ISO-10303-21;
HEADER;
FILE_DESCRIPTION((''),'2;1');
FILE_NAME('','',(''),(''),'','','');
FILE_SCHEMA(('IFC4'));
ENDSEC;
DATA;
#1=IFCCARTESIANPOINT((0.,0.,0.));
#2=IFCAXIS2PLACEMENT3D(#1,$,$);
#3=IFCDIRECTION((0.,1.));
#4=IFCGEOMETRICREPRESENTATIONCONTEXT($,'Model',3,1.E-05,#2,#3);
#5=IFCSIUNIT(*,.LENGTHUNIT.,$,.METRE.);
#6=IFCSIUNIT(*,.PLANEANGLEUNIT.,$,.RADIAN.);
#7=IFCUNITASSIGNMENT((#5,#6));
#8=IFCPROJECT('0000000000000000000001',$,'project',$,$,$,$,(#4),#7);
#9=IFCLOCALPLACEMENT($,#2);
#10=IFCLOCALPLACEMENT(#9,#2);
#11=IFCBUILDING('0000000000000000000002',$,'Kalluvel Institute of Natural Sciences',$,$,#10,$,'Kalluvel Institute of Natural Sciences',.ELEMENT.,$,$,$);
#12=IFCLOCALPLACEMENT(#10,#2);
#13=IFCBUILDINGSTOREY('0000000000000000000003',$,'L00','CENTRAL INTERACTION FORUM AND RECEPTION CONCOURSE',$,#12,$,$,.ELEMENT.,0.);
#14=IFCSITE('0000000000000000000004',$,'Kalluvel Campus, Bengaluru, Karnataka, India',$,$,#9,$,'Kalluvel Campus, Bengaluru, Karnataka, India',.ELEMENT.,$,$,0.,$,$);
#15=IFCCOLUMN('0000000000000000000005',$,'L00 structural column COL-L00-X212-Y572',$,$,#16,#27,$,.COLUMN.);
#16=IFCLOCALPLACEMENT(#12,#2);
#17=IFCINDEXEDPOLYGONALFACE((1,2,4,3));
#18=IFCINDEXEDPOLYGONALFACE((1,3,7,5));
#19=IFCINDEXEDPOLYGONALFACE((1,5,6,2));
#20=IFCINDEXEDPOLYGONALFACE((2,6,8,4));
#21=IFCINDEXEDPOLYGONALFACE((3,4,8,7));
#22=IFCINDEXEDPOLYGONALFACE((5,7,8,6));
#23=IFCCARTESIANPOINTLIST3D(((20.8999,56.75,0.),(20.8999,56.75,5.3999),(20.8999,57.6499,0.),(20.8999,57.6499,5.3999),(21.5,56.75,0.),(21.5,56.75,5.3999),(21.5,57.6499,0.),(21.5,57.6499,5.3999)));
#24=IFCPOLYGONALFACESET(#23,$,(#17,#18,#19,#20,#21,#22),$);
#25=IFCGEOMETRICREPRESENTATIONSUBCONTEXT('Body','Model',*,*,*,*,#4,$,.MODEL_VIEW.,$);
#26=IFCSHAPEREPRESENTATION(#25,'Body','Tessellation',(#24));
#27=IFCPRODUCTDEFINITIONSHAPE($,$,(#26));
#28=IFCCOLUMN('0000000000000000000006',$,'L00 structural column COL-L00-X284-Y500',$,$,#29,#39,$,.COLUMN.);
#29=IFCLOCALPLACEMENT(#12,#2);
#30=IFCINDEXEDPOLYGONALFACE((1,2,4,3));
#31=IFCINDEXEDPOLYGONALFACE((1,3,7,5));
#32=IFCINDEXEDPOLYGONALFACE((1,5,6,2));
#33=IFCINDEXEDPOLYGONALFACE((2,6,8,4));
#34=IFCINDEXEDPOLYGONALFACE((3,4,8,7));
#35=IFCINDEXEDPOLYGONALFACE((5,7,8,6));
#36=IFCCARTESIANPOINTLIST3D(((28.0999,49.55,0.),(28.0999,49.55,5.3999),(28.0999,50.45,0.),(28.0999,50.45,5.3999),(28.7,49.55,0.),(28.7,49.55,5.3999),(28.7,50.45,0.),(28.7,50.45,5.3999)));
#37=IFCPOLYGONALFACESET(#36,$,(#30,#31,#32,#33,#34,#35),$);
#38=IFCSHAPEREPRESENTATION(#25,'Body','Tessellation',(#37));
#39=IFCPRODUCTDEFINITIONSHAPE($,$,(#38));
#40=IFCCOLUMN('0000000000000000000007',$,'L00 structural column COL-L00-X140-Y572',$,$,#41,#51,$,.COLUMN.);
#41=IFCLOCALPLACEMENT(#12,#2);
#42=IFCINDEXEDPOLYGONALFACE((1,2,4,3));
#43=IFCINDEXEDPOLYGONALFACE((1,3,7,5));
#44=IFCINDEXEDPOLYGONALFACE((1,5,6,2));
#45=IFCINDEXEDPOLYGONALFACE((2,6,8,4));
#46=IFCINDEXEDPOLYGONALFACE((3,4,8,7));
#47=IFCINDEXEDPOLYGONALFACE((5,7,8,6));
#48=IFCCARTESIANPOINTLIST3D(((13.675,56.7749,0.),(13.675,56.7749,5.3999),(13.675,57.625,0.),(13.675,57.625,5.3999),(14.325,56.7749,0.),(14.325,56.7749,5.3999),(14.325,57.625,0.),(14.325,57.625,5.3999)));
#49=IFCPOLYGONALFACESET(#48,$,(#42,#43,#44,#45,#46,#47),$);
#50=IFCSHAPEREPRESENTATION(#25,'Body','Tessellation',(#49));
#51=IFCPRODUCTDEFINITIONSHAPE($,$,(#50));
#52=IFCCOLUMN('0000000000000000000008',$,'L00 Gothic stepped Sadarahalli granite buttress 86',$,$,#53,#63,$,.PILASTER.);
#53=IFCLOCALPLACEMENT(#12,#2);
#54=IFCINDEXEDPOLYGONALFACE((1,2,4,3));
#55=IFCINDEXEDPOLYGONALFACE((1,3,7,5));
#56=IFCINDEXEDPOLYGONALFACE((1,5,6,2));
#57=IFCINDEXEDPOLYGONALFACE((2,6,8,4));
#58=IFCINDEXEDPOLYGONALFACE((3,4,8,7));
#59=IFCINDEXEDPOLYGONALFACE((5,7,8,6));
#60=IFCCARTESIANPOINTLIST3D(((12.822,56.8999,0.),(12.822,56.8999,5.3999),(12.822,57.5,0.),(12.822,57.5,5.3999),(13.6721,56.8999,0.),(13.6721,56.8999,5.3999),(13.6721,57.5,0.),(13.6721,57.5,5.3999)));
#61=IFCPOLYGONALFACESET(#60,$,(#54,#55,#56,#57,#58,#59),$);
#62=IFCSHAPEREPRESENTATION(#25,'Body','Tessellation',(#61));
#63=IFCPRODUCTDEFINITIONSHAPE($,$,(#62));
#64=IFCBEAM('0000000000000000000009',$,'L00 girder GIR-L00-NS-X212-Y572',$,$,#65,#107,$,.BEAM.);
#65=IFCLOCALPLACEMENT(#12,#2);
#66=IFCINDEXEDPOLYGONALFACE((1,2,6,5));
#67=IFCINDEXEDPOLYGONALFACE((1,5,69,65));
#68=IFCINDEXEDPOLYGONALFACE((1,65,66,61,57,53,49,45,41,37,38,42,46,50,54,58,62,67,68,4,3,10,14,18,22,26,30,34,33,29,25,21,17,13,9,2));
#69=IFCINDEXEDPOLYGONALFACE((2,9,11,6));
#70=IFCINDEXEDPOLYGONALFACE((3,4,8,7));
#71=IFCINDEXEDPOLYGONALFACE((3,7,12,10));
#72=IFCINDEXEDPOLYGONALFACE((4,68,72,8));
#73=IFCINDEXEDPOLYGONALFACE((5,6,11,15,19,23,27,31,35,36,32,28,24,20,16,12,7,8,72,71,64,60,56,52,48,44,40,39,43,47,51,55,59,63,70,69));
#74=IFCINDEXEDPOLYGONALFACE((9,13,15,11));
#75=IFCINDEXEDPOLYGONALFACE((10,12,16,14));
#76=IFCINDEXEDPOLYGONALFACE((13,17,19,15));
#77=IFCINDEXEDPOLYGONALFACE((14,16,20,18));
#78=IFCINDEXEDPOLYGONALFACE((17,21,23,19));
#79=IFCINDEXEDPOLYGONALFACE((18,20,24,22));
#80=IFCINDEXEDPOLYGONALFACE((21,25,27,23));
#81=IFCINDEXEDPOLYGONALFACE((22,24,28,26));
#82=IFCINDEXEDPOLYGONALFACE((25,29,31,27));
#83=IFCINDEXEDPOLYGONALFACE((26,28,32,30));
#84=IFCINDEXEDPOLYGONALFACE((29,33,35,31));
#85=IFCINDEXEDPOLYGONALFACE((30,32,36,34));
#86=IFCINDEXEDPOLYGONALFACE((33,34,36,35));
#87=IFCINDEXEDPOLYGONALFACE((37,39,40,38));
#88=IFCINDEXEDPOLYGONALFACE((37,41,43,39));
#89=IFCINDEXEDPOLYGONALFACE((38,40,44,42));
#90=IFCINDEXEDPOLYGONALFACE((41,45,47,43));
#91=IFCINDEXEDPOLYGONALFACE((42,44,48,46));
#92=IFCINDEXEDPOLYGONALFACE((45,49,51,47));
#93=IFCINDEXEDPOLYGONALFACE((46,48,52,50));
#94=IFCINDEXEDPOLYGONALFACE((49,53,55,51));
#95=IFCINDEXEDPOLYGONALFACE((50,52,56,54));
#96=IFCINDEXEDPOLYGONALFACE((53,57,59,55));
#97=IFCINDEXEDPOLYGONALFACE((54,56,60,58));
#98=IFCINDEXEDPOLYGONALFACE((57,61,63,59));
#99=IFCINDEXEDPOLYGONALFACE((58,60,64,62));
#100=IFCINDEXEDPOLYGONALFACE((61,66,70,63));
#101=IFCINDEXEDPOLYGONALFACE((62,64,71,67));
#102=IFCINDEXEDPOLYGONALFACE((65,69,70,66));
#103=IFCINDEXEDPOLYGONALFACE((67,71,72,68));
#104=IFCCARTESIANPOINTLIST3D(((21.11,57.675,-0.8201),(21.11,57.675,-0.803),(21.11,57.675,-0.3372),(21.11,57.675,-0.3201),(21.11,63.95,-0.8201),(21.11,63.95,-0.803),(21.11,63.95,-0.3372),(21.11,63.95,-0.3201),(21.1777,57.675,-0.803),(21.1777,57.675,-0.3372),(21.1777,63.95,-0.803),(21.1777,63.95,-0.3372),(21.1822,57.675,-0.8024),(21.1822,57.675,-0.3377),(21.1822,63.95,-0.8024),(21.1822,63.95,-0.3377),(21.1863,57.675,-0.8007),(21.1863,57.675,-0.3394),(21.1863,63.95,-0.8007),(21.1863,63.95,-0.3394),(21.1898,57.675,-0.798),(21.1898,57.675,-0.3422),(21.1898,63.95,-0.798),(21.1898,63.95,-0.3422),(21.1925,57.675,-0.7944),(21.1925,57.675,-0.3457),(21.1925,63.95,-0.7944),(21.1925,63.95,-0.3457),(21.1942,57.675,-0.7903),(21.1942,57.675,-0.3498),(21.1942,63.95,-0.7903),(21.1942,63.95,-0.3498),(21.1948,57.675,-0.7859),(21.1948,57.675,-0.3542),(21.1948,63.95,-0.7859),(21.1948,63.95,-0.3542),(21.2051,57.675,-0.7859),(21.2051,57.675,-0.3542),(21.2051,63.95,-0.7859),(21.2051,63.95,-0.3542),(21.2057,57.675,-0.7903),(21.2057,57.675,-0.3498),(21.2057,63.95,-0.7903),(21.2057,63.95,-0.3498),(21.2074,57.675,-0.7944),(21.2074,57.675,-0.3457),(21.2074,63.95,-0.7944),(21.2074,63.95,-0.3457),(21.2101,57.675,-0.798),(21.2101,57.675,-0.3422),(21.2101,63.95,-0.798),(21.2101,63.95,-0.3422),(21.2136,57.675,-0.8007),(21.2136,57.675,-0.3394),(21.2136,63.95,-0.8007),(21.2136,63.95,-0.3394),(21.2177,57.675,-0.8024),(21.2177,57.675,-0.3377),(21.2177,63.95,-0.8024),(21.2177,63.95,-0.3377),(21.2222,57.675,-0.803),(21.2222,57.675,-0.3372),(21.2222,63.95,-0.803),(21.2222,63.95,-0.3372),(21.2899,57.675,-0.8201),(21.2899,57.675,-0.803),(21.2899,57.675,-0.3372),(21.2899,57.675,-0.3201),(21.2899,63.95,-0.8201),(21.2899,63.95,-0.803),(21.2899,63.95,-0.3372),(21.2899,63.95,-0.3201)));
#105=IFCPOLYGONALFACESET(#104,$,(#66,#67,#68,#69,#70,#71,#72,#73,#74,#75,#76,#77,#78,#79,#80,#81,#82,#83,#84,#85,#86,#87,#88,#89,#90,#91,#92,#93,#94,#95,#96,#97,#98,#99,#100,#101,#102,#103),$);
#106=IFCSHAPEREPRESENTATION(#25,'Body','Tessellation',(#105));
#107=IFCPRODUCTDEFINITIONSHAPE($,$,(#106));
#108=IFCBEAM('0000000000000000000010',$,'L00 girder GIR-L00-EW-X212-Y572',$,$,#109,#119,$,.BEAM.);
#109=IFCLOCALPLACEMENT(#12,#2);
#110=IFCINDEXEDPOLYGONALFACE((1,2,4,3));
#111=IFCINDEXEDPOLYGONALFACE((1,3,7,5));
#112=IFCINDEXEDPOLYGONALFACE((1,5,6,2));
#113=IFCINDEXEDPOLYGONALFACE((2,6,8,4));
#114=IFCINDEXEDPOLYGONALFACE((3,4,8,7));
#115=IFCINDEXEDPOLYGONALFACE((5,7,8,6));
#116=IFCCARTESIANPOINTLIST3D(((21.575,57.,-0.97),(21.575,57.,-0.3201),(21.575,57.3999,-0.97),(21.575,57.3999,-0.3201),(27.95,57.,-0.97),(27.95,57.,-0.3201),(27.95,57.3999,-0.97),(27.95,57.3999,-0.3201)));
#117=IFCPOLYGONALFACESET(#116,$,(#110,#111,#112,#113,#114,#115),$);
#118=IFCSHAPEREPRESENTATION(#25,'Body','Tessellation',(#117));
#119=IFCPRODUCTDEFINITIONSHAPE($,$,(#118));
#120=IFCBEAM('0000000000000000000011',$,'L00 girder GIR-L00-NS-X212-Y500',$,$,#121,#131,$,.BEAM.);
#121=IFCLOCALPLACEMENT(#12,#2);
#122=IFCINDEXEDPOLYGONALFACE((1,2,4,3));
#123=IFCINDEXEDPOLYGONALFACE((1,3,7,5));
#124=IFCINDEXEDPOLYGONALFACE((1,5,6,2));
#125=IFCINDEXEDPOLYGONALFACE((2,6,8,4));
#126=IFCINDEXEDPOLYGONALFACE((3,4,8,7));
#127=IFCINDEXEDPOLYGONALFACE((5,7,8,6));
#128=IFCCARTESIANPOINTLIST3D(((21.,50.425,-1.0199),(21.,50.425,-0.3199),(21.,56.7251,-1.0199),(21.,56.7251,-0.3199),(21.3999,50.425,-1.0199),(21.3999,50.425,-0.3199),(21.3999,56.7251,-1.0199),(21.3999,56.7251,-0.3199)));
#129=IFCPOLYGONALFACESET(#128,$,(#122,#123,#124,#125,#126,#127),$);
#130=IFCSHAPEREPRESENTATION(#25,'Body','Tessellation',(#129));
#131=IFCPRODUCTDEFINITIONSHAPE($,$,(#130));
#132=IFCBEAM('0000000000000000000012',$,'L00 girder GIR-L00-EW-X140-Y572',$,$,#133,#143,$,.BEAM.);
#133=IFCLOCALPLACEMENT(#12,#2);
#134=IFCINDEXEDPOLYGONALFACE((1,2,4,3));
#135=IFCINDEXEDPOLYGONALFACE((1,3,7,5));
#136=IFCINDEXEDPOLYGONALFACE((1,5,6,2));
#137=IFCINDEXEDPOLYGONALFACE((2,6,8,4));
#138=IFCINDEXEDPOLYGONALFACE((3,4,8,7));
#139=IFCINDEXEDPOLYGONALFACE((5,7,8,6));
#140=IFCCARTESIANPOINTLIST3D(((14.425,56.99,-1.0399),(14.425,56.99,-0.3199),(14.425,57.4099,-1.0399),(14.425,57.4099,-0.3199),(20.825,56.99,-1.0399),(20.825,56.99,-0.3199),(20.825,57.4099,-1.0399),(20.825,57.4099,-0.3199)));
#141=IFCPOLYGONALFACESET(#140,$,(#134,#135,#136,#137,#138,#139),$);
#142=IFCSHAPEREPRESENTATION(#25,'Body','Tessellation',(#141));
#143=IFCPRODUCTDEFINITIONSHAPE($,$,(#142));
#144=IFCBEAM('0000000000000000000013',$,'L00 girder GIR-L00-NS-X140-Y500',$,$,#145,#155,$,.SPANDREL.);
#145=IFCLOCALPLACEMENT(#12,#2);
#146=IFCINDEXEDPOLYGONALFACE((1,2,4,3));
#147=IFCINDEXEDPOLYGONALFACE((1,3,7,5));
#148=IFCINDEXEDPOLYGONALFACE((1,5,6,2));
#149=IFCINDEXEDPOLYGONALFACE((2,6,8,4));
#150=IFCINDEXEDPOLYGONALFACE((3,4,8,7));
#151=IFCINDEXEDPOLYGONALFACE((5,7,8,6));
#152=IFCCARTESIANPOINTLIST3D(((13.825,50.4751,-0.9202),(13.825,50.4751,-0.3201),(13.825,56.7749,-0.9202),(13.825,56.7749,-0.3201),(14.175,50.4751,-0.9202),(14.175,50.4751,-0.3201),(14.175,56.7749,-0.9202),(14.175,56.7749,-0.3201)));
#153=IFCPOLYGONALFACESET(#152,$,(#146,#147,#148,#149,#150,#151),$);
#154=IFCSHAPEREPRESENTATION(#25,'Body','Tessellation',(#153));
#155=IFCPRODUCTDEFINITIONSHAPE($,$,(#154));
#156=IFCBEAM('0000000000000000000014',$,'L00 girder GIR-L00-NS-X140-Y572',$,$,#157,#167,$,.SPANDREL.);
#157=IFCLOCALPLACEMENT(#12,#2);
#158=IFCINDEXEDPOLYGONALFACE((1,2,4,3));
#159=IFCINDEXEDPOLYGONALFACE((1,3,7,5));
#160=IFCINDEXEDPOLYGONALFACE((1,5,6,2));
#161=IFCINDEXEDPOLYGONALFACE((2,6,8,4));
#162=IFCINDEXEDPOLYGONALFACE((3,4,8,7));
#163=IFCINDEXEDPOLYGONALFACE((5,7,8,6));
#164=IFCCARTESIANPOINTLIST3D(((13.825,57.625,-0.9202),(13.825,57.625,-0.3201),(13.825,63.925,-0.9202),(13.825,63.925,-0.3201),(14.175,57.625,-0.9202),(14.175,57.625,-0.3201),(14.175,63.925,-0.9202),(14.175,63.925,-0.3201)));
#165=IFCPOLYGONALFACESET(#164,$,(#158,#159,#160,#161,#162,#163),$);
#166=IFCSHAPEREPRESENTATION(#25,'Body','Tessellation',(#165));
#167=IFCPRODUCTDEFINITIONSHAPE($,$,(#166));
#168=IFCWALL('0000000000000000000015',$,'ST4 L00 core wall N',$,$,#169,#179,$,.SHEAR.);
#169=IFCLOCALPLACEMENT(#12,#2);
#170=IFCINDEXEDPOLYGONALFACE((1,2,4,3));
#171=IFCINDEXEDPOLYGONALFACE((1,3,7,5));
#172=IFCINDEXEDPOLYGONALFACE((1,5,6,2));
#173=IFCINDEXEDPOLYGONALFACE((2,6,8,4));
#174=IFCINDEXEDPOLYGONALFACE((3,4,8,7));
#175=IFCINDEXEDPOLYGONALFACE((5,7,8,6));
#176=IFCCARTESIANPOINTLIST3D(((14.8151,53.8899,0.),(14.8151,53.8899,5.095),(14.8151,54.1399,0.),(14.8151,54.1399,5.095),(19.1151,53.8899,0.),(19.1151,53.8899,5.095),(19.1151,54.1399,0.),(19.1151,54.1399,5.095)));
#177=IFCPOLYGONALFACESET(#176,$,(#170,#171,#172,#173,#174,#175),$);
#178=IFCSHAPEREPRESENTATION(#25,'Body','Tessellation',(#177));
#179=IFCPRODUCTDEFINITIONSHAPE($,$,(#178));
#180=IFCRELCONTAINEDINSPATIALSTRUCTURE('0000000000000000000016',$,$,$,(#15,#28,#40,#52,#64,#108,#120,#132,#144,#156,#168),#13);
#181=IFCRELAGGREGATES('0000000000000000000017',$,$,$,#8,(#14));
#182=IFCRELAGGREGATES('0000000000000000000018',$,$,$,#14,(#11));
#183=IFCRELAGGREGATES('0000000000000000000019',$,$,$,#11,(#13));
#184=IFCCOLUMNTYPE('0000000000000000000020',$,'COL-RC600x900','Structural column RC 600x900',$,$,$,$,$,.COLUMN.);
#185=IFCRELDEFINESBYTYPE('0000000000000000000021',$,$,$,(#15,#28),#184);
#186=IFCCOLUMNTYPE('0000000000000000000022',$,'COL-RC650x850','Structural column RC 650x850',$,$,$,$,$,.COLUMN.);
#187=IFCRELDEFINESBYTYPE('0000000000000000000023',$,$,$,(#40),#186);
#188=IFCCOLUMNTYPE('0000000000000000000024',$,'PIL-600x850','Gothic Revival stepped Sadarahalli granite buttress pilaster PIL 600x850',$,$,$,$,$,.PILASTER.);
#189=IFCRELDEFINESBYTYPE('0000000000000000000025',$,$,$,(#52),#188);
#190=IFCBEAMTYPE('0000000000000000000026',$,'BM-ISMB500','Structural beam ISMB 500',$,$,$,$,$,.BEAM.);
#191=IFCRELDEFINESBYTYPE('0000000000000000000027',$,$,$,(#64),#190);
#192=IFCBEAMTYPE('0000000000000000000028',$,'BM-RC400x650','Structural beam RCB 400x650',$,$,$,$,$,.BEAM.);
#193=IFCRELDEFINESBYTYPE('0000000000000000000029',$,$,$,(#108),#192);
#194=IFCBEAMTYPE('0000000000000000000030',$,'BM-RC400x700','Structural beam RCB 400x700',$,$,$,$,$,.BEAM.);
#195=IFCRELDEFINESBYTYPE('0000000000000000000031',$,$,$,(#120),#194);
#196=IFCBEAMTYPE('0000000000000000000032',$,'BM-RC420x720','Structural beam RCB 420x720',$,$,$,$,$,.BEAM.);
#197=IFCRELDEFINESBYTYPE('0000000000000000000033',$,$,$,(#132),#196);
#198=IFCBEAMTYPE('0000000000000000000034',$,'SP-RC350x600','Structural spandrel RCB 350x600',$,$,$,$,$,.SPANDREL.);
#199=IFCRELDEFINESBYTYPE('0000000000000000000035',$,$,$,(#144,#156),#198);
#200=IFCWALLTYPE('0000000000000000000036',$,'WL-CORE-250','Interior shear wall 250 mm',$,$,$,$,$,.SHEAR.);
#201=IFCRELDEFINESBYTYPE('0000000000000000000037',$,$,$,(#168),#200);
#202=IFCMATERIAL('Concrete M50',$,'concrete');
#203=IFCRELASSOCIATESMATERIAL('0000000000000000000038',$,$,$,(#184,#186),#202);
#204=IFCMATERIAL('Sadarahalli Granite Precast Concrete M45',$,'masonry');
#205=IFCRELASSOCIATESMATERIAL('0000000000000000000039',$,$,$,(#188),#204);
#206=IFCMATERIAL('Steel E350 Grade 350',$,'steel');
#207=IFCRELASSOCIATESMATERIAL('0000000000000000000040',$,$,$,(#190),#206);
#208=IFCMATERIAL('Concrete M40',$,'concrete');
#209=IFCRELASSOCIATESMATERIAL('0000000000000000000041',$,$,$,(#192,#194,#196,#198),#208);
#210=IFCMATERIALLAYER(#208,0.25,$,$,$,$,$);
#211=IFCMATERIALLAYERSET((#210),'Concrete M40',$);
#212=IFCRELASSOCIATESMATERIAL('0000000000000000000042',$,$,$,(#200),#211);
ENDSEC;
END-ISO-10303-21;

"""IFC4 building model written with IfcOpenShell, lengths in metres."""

from ifc_helpers import new_model, si_unit, direction, frame, frame_2d, origin, origin_2d, place, context, subcontext, project, spatial, rectangle, i_section, extrude, material, layer, layer_set, material_profile, profile_set, type_object, element, save


model = new_model("IFC4")

# Units and contexts
model_context = context("Model", 3, precision=1e-05, world=origin(), true_north=direction((0.0, 1.0)))
body_context = subcontext(model_context, "Body", "Model", "MODEL_VIEW")
ifc_project = project(units=[si_unit("LENGTHUNIT", "METRE"), si_unit("PLANEANGLEUNIT", "RADIAN")], contexts=[model_context])

# Site, building, storey
site_placement = place(None, origin())
site = spatial("IfcSite", under=ifc_project, at=site_placement, Name="Kalluvel Campus, Bengaluru, Karnataka, India", LongName="Kalluvel Campus, Bengaluru, Karnataka, India", CompositionType="ELEMENT", RefElevation=0.0)
building_placement = place(site_placement, origin())
building = spatial("IfcBuilding", under=site, at=building_placement, Name="Kalluvel Institute of Natural Sciences", LongName="Kalluvel Institute of Natural Sciences", CompositionType="ELEMENT")
storey_placement = place(building_placement, origin())
storey = spatial("IfcBuildingStorey", under=building, at=storey_placement, Name="L00", Description="CENTRAL INTERACTION FORUM AND RECEPTION CONCOURSE", CompositionType="ELEMENT", Elevation=0.0)

# Columns
ifc_material_1 = material(Name="Concrete M50", Category="concrete")
ifc_material_profile_1 = material_profile(ifc_material_1, rectangle(XDim=0.6001, YDim=0.8999, at=origin_2d()), Name="RC 600x900")
ifc_profile_set_1 = profile_set([ifc_material_profile_1], Name="Concrete M50")
column_type_1 = type_object("IfcColumnType", Name="COL-RC600x900", Description="Structural column RC 600x900", PredefinedType="COLUMN", material=ifc_profile_set_1)
for number, where, z_axis, x_axis, name in (
    (1, (21.2, 57.2, 0.0), (0.0, 0.0, 1.0), (1.0, 0.0, 0.0), "L00 structural column COL-L00-X212-Y572"),
    (2, (28.3999, 50.0, 0.0), (0.0, 0.0, 1.0), (1.0, 0.0, 0.0), "L00 structural column COL-L00-X284-Y500"),
):
    element("IfcColumn", number, at=place(storey_placement, frame(where, z_axis=z_axis, x_axis=x_axis)), inside=storey, type_object=column_type_1, Name=name, PredefinedType="COLUMN", context=body_context, shape_type="SweptSolid", body=[
        extrude(rectangle(XDim=0.6001, YDim=0.8999, at=origin_2d()), origin(), (0.0, 0.0, 1.0), 5.3999),
    ])
ifc_material_profile_2 = material_profile(ifc_material_1, rectangle(XDim=0.6499, YDim=0.8501, at=origin_2d()), Name="RC 650x850")
ifc_profile_set_2 = profile_set([ifc_material_profile_2], Name="Concrete M50")
column_type_2 = type_object("IfcColumnType", Name="COL-RC650x850", Description="Structural column RC 650x850", PredefinedType="COLUMN", material=ifc_profile_set_2)
column_1_placement = place(storey_placement, frame((14.0, 57.2, 0.0), z_axis=(0.0, 0.0, 1.0), x_axis=(1.0, 0.0, 0.0)))
element("IfcColumn", 3, at=column_1_placement, inside=storey, type_object=column_type_2, Name="L00 structural column COL-L00-X140-Y572", PredefinedType="COLUMN", context=body_context, shape_type="SweptSolid", body=[
    extrude(rectangle(XDim=0.6499, YDim=0.8501, at=origin_2d()), origin(), (0.0, 0.0, 1.0), 5.3999),
])
ifc_material_2 = material(Name="Sadarahalli Granite Precast Concrete M45", Category="masonry")
ifc_material_profile_3 = material_profile(ifc_material_2, rectangle(XDim=0.6001, YDim=0.8501, at=origin_2d()), Name="PIL 600x850")
ifc_profile_set_3 = profile_set([ifc_material_profile_3], Name="Sadarahalli Granite Precast Concrete M45")
column_type_3 = type_object("IfcColumnType", Name="PIL-600x850", Description="Gothic Revival stepped Sadarahalli granite buttress pilaster PIL 600x850", PredefinedType="PILASTER", material=ifc_profile_set_3)
column_2_placement = place(storey_placement, frame((13.2471, 57.2, 0.0), z_axis=(0.0, 0.0, 1.0), x_axis=(0.0, 1.0, 0.0)))
element("IfcColumn", 4, at=column_2_placement, inside=storey, type_object=column_type_3, Name="L00 Gothic stepped Sadarahalli granite buttress 86", PredefinedType="PILASTER", context=body_context, shape_type="SweptSolid", body=[
    extrude(rectangle(XDim=0.6001, YDim=0.8501, at=origin_2d()), origin(), (0.0, 0.0, 1.0), 5.3999),
])

# Beams
ifc_material_3 = material(Name="Steel E350 Grade 350", Category="steel")
ifc_material_profile_4 = material_profile(ifc_material_3, i_section(OverallWidth=0.1799, OverallDepth=0.5, WebThickness=0.0103, FlangeThickness=0.0171, FilletRadius=0.0171, at=origin_2d()), Name="ISMB 500")
ifc_profile_set_4 = profile_set([ifc_material_profile_4], Name="Steel E350 Grade 350")
beam_type_1 = type_object("IfcBeamType", Name="BM-ISMB500", Description="Structural beam ISMB 500", PredefinedType="BEAM", material=ifc_profile_set_4)
beam_1_placement = place(storey_placement, frame((21.2, 57.675, -0.5701), z_axis=(0.0, 1.0, 0.0), x_axis=(-1.0, 0.0, 0.0)))
element("IfcBeam", 5, at=beam_1_placement, inside=storey, type_object=beam_type_1, Name="L00 girder GIR-L00-NS-X212-Y572", PredefinedType="BEAM", context=body_context, shape_type="SweptSolid", body=[
    extrude(i_section(OverallWidth=0.1799, OverallDepth=0.5, WebThickness=0.0103, FlangeThickness=0.0171, FilletRadius=0.0171, at=origin_2d()), origin(), (0.0, 0.0, 1.0), 6.2749),
])
ifc_material_4 = material(Name="Concrete M40", Category="concrete")
ifc_material_profile_5 = material_profile(ifc_material_4, rectangle(XDim=0.3999, YDim=0.6499, at=origin_2d()), Name="RCB 400x650")
ifc_profile_set_5 = profile_set([ifc_material_profile_5], Name="Concrete M40")
beam_type_2 = type_object("IfcBeamType", Name="BM-RC400x650", Description="Structural beam RCB 400x650", PredefinedType="BEAM", material=ifc_profile_set_5)
beam_2_placement = place(storey_placement, frame((21.575, 57.2, -0.645), z_axis=(1.0, 0.0, 0.0), x_axis=(0.0, 1.0, 0.0)))
element("IfcBeam", 6, at=beam_2_placement, inside=storey, type_object=beam_type_2, Name="L00 girder GIR-L00-EW-X212-Y572", PredefinedType="BEAM", context=body_context, shape_type="SweptSolid", body=[
    extrude(rectangle(XDim=0.3999, YDim=0.6499, at=origin_2d()), origin(), (0.0, 0.0, 1.0), 6.375),
])
ifc_material_profile_6 = material_profile(ifc_material_4, rectangle(XDim=0.3999, YDim=0.7, at=origin_2d()), Name="RCB 400x700")
ifc_profile_set_6 = profile_set([ifc_material_profile_6], Name="Concrete M40")
beam_type_3 = type_object("IfcBeamType", Name="BM-RC400x700", Description="Structural beam RCB 400x700", PredefinedType="BEAM", material=ifc_profile_set_6)
beam_3_placement = place(storey_placement, frame((21.2, 50.425, -0.6699), z_axis=(0.0, 1.0, 0.0), x_axis=(-1.0, 0.0, 0.0)))
element("IfcBeam", 7, at=beam_3_placement, inside=storey, type_object=beam_type_3, Name="L00 girder GIR-L00-NS-X212-Y500", PredefinedType="BEAM", context=body_context, shape_type="SweptSolid", body=[
    extrude(rectangle(XDim=0.3999, YDim=0.7, at=origin_2d()), origin(), (0.0, 0.0, 1.0), 6.3),
])
ifc_material_profile_7 = material_profile(ifc_material_4, rectangle(XDim=0.4199, YDim=0.72, at=origin_2d()), Name="RCB 420x720")
ifc_profile_set_7 = profile_set([ifc_material_profile_7], Name="Concrete M40")
beam_type_4 = type_object("IfcBeamType", Name="BM-RC420x720", Description="Structural beam RCB 420x720", PredefinedType="BEAM", material=ifc_profile_set_7)
beam_4_placement = place(storey_placement, frame((14.425, 57.2, -0.6799), z_axis=(1.0, 0.0, 0.0), x_axis=(0.0, 1.0, 0.0)))
element("IfcBeam", 8, at=beam_4_placement, inside=storey, type_object=beam_type_4, Name="L00 girder GIR-L00-EW-X140-Y572", PredefinedType="BEAM", context=body_context, shape_type="SweptSolid", body=[
    extrude(rectangle(XDim=0.4199, YDim=0.72, at=origin_2d()), origin(), (0.0, 0.0, 1.0), 6.3999),
])
ifc_material_profile_8 = material_profile(ifc_material_4, rectangle(XDim=0.3501, YDim=0.6001, at=origin_2d()), Name="RCB 350x600")
ifc_profile_set_8 = profile_set([ifc_material_profile_8], Name="Concrete M40")
beam_type_5 = type_object("IfcBeamType", Name="SP-RC350x600", Description="Structural spandrel RCB 350x600", PredefinedType="SPANDREL", material=ifc_profile_set_8)
beam_5_placement = place(storey_placement, frame((14.0, 50.4751, -0.6201), z_axis=(0.0, 1.0, 0.0), x_axis=(-1.0, 0.0, 0.0)))
element("IfcBeam", 9, at=beam_5_placement, inside=storey, type_object=beam_type_5, Name="L00 girder GIR-L00-NS-X140-Y500", PredefinedType="SPANDREL", context=body_context, shape_type="SweptSolid", body=[
    extrude(rectangle(XDim=0.3501, YDim=0.6001, at=origin_2d()), origin(), (0.0, 0.0, 1.0), 6.2998),
])
beam_6_placement = place(storey_placement, frame((14.0, 57.625, -0.6201), z_axis=(0.0, 1.0, 0.0), x_axis=(-1.0, 0.0, 0.0)))
element("IfcBeam", 10, at=beam_6_placement, inside=storey, type_object=beam_type_5, Name="L00 girder GIR-L00-NS-X140-Y572", PredefinedType="SPANDREL", context=body_context, shape_type="SweptSolid", body=[
    extrude(rectangle(XDim=0.3501, YDim=0.6001, at=origin_2d()), origin(), (0.0, 0.0, 1.0), 6.3),
])

# Wall
ifc_layer_1 = layer(ifc_material_4, 0.25)
ifc_layer_set_1 = layer_set([ifc_layer_1], Name="Concrete M40")
wall_type_1 = type_object("IfcWallType", Name="WL-CORE-250", Description="Interior shear wall 250 mm", PredefinedType="SHEAR", material=ifc_layer_set_1)
wall_1_placement = place(storey_placement, frame((19.115, 54.0149, 0.0), z_axis=(0.0, 0.0, 1.0), x_axis=(-1.0, 0.0, 0.0)))
element("IfcWall", 11, at=wall_1_placement, inside=storey, type_object=wall_type_1, Name="ST4 L00 core wall N", PredefinedType="SHEAR", context=body_context, shape_type="SweptSolid", body=[
    extrude(rectangle(XDim=4.3, YDim=0.25, at=frame_2d((2.1499, 0.0))), origin(), (0.0, 0.0, 1.0), 5.095),
])

save(model, "model.ifc")
